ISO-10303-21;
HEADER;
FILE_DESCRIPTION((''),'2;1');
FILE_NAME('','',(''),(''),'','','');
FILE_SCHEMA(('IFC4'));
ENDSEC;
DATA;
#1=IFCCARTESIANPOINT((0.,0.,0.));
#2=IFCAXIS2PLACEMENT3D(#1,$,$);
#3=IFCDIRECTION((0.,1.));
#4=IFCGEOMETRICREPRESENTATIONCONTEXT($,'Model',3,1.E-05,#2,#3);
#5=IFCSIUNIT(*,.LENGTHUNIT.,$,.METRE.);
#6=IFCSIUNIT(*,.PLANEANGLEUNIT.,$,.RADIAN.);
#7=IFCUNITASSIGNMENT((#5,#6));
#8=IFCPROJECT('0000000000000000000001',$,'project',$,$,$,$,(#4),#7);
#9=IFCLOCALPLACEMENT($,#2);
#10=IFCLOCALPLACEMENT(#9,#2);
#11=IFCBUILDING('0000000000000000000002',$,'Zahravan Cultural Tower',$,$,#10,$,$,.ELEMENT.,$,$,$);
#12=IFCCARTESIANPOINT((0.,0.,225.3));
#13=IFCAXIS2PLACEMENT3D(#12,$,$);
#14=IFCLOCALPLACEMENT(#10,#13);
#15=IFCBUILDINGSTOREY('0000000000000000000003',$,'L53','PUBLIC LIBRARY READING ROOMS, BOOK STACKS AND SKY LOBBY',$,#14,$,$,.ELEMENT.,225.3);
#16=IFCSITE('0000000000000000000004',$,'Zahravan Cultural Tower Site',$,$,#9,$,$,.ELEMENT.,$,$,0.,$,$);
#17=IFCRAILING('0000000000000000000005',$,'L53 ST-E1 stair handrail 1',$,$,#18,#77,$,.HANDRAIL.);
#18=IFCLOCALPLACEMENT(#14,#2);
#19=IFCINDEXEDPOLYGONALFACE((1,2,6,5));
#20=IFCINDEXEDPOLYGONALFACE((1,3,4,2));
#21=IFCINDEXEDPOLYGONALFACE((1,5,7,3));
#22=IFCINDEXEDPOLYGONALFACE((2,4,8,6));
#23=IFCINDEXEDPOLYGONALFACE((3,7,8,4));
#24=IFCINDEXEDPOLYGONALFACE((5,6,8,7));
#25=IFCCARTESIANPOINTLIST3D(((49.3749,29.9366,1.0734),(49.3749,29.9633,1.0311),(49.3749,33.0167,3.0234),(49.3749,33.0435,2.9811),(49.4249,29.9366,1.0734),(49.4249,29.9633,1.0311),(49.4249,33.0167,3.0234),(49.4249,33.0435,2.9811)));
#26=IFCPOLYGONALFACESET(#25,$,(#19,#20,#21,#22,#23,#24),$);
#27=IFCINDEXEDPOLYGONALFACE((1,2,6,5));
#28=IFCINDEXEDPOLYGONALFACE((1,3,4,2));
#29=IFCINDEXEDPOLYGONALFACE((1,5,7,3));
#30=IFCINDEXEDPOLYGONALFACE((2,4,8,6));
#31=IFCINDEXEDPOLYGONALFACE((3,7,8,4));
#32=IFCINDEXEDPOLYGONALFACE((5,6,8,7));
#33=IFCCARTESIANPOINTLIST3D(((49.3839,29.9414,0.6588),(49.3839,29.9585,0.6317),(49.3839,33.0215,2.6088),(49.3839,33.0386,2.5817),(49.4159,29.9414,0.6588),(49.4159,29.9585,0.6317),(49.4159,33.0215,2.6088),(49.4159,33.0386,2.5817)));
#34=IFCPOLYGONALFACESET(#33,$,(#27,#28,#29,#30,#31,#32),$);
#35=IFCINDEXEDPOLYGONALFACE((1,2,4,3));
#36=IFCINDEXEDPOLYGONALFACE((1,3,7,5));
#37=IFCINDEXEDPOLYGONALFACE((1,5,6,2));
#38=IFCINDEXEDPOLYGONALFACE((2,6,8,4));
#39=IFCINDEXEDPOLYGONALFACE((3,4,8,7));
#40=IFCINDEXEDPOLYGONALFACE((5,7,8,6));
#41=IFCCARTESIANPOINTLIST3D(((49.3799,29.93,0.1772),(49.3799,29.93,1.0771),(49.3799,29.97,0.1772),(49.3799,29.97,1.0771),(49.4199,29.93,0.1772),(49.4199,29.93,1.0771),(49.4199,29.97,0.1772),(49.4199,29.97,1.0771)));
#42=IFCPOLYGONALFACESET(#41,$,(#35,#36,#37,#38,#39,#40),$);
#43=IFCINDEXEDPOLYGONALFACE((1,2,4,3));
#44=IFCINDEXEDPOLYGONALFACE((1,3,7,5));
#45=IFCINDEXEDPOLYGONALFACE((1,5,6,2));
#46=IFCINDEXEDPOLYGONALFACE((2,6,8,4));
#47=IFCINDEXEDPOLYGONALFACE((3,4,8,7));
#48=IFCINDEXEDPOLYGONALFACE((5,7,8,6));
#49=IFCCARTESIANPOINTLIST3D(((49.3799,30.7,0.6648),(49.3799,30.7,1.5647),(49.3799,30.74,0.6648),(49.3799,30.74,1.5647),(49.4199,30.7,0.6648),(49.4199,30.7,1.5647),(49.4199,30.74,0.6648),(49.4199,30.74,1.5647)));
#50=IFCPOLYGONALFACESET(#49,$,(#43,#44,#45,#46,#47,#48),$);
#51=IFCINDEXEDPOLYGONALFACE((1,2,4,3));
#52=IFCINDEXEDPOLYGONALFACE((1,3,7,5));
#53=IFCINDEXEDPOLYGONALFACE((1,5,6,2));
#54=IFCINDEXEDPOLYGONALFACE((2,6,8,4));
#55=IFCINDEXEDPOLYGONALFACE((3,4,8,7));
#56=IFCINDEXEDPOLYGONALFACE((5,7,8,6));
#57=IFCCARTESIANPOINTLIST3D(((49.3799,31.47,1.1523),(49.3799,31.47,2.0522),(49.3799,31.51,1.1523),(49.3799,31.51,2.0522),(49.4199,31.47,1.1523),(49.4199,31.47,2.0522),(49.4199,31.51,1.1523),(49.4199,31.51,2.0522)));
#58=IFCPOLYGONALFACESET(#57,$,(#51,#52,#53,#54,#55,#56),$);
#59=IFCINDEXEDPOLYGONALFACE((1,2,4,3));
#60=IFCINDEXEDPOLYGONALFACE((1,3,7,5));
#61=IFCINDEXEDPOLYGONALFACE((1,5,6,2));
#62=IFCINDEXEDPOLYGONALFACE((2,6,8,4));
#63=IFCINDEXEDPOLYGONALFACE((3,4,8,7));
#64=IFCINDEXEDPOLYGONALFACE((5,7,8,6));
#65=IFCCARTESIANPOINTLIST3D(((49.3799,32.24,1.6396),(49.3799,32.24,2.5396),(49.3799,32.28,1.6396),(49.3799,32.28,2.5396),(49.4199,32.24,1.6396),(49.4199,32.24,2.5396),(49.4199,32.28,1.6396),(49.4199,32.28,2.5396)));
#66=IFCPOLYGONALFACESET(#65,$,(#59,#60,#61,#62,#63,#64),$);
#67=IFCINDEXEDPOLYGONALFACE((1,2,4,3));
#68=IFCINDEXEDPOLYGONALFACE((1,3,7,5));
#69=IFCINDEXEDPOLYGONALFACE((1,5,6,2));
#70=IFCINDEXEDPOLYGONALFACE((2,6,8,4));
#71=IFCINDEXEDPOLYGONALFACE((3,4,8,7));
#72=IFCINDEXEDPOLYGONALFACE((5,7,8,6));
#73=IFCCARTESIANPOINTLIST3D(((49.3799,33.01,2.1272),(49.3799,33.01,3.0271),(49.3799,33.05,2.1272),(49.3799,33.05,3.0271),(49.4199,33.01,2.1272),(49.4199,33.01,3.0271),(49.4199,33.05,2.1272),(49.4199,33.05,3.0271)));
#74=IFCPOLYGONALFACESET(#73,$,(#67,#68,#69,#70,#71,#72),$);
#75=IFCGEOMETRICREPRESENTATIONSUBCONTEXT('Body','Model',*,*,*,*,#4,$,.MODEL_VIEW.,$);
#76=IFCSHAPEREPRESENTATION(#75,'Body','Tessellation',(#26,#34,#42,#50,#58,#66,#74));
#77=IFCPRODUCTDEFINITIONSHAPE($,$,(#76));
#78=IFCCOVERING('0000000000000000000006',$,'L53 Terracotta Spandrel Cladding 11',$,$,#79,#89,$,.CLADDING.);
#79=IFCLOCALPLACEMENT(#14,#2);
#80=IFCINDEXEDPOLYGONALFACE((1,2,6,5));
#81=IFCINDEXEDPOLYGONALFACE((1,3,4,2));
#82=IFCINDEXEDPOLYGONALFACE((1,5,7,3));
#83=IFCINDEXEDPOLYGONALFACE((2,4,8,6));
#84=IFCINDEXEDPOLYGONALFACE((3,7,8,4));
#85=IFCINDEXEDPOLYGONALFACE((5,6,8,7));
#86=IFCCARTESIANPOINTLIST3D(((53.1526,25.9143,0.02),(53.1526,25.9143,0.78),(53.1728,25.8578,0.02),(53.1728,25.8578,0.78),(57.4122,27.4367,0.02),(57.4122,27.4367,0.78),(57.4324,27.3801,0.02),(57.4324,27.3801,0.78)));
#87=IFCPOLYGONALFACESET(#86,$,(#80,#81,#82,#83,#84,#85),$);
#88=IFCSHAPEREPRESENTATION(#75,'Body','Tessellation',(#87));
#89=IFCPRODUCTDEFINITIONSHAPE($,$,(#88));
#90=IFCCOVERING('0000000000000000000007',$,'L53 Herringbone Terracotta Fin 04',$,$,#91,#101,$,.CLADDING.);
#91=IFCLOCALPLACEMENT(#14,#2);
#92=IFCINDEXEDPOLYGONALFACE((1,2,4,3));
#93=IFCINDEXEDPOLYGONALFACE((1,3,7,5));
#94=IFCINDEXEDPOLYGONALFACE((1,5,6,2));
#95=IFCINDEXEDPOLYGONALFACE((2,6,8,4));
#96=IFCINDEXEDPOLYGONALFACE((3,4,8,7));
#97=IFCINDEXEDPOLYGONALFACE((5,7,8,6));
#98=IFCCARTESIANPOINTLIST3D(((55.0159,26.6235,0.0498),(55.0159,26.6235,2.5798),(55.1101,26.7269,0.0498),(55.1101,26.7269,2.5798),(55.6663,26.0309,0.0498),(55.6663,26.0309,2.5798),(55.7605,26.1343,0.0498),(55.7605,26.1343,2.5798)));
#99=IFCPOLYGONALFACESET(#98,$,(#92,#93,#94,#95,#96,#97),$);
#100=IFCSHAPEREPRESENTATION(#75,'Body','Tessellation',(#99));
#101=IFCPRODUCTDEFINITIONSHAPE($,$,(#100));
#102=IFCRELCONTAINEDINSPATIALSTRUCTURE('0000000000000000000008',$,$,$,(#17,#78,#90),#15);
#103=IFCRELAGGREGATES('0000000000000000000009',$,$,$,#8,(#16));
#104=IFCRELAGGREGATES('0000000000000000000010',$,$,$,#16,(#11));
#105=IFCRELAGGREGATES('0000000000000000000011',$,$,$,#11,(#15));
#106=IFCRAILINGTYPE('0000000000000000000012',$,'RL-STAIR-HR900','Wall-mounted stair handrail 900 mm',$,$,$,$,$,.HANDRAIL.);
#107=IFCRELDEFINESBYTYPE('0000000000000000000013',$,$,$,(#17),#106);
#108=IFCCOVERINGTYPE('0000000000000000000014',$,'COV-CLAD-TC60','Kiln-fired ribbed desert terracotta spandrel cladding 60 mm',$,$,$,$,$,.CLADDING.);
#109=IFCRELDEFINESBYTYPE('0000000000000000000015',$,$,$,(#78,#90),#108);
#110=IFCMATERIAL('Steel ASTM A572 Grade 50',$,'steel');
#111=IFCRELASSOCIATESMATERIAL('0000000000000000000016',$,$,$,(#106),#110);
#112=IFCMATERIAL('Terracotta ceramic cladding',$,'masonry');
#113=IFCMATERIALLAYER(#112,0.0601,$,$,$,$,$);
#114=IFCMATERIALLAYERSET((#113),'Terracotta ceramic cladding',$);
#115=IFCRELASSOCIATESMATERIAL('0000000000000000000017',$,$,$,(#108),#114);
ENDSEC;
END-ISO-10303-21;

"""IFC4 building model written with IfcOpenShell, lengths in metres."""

from ifc_helpers import new_model, si_unit, direction, frame, origin, origin_2d, place, context, subcontext, project, spatial, rectangle, extrude, source, transform, mapped, material, layer, layer_set, type_object, element, save


model = new_model("IFC4")

# Units and contexts
model_context = context("Model", 3, precision=1e-05, world=origin(), true_north=direction((0.0, 1.0)))
body_context = subcontext(model_context, "Body", "Model", "MODEL_VIEW")
ifc_project = project(units=[si_unit("LENGTHUNIT", "METRE"), si_unit("PLANEANGLEUNIT", "RADIAN")], contexts=[model_context])

# Site, building, storey
site_placement = place(None, origin())
site = spatial("IfcSite", under=ifc_project, at=site_placement, Name="Zahravan Cultural Tower Site", CompositionType="ELEMENT", RefElevation=0.0)
building_placement = place(site_placement, origin())
building = spatial("IfcBuilding", under=site, at=building_placement, Name="Zahravan Cultural Tower", CompositionType="ELEMENT")
storey_placement = place(building_placement, frame((0.0, 0.0, 225.3)))
storey = spatial("IfcBuildingStorey", under=building, at=storey_placement, Name="L53", Description="PUBLIC LIBRARY READING ROOMS, BOOK STACKS AND SKY LOBBY", CompositionType="ELEMENT", Elevation=225.3)

# Railing
ifc_material_1 = material(Name="Steel ASTM A572 Grade 50", Category="steel")
railing_type_1 = type_object("IfcRailingType", Name="RL-STAIR-HR900", Description="Wall-mounted stair handrail 900 mm", PredefinedType="HANDRAIL", material=ifc_material_1)
railing_1_placement = place(storey_placement, frame((49.3999, 29.95, 0.1772)))
element("IfcRailing", 1, at=railing_1_placement, inside=storey, type_object=railing_type_1, Name="L53 ST-E1 stair handrail 1", PredefinedType="HANDRAIL", context=body_context, shape_type="SweptSolid", body=[
    extrude(rectangle(XDim=0.05, YDim=0.05, at=origin_2d()), frame((0.0, 0.0, 0.875), z_axis=(0.0, 0.844914, 0.534902), x_axis=(-1.0, 0.0, 0.0)), (0.0, 0.0, 1.0), 3.6455),
    extrude(rectangle(XDim=0.032, YDim=0.032, at=origin_2d()), frame((0.0, 0.0, 0.468), z_axis=(0.0, 0.844914, 0.534902), x_axis=(-1.0, 0.0, 0.0)), (0.0, 0.0, 1.0), 3.6455),
    extrude(rectangle(XDim=0.04, YDim=0.04, at=origin_2d()), origin(), (0.0, 0.0, 1.0), 0.8999),
    extrude(rectangle(XDim=0.04, YDim=0.04, at=origin_2d()), frame((0.0, 0.77, 0.4875)), (0.0, 0.0, 1.0), 0.8999),
    extrude(rectangle(XDim=0.04, YDim=0.04, at=origin_2d()), frame((0.0, 1.54, 0.9751)), (0.0, 0.0, 1.0), 0.8999),
    extrude(rectangle(XDim=0.04, YDim=0.04, at=origin_2d()), frame((0.0, 2.3101, 1.4624)), (0.0, 0.0, 1.0), 0.8999),
    extrude(rectangle(XDim=0.04, YDim=0.04, at=origin_2d()), frame((0.0, 3.0801, 1.95)), (0.0, 0.0, 1.0), 0.8999),
])

# Coverings
ifc_material_2 = material(Name="Terracotta ceramic cladding", Category="masonry")
ifc_layer_1 = layer(ifc_material_2, 0.0601)
ifc_layer_set_1 = layer_set([ifc_layer_1], Name="Terracotta ceramic cladding")
covering_type = type_object("IfcCoveringType", Name="COV-CLAD-TC60", Description="Kiln-fired ribbed desert terracotta spandrel cladding 60 mm", PredefinedType="CLADDING", material=ifc_layer_set_1)
shared_shape_1 = source(origin(), body_context, "Body", "SweptSolid", [
    extrude(rectangle(XDim=4.5234, YDim=0.0601, at=origin_2d()), origin(), (0.0, 0.0, 1.0), 0.76),
])
covering_1_placement = place(storey_placement, frame((55.2925, 26.6472, 0.02), z_axis=(0.0, 0.0, 1.0), x_axis=(-0.941665, -0.336553, 0.0)))
element("IfcCovering", 2, at=covering_1_placement, inside=storey, type_object=covering_type, Name="L53 Terracotta Spandrel Cladding 11", PredefinedType="CLADDING", context=body_context, shape_type="MappedRepresentation", body=[
    mapped(shared_shape_1, transform((0.0, 0.0, 0.0), x_axis=(1.0, 0.0, 0.0), y_axis=(0.0, 1.0, 0.0), z_axis=(0.0, 0.0, 1.0), scale=1.0)),
])
shared_shape_2 = source(origin(), body_context, "Body", "SweptSolid", [
    extrude(rectangle(XDim=0.8799, YDim=0.1399, at=origin_2d()), origin(), (0.0, 0.0, 1.0), 2.53),
])
covering_2_placement = place(storey_placement, frame((55.3882, 26.3789, 0.0498), z_axis=(0.0, 0.0, 1.0), x_axis=(0.739243, -0.673438, 0.0)))
element("IfcCovering", 3, at=covering_2_placement, inside=storey, type_object=covering_type, Name="L53 Herringbone Terracotta Fin 04", PredefinedType="CLADDING", context=body_context, shape_type="MappedRepresentation", body=[
    mapped(shared_shape_2, transform((0.0, 0.0, 0.0), x_axis=(1.0, 0.0, 0.0), y_axis=(0.0, 1.0, 0.0), z_axis=(0.0, 0.0, 1.0), scale=1.0)),
])

save(model, "model.ifc")
